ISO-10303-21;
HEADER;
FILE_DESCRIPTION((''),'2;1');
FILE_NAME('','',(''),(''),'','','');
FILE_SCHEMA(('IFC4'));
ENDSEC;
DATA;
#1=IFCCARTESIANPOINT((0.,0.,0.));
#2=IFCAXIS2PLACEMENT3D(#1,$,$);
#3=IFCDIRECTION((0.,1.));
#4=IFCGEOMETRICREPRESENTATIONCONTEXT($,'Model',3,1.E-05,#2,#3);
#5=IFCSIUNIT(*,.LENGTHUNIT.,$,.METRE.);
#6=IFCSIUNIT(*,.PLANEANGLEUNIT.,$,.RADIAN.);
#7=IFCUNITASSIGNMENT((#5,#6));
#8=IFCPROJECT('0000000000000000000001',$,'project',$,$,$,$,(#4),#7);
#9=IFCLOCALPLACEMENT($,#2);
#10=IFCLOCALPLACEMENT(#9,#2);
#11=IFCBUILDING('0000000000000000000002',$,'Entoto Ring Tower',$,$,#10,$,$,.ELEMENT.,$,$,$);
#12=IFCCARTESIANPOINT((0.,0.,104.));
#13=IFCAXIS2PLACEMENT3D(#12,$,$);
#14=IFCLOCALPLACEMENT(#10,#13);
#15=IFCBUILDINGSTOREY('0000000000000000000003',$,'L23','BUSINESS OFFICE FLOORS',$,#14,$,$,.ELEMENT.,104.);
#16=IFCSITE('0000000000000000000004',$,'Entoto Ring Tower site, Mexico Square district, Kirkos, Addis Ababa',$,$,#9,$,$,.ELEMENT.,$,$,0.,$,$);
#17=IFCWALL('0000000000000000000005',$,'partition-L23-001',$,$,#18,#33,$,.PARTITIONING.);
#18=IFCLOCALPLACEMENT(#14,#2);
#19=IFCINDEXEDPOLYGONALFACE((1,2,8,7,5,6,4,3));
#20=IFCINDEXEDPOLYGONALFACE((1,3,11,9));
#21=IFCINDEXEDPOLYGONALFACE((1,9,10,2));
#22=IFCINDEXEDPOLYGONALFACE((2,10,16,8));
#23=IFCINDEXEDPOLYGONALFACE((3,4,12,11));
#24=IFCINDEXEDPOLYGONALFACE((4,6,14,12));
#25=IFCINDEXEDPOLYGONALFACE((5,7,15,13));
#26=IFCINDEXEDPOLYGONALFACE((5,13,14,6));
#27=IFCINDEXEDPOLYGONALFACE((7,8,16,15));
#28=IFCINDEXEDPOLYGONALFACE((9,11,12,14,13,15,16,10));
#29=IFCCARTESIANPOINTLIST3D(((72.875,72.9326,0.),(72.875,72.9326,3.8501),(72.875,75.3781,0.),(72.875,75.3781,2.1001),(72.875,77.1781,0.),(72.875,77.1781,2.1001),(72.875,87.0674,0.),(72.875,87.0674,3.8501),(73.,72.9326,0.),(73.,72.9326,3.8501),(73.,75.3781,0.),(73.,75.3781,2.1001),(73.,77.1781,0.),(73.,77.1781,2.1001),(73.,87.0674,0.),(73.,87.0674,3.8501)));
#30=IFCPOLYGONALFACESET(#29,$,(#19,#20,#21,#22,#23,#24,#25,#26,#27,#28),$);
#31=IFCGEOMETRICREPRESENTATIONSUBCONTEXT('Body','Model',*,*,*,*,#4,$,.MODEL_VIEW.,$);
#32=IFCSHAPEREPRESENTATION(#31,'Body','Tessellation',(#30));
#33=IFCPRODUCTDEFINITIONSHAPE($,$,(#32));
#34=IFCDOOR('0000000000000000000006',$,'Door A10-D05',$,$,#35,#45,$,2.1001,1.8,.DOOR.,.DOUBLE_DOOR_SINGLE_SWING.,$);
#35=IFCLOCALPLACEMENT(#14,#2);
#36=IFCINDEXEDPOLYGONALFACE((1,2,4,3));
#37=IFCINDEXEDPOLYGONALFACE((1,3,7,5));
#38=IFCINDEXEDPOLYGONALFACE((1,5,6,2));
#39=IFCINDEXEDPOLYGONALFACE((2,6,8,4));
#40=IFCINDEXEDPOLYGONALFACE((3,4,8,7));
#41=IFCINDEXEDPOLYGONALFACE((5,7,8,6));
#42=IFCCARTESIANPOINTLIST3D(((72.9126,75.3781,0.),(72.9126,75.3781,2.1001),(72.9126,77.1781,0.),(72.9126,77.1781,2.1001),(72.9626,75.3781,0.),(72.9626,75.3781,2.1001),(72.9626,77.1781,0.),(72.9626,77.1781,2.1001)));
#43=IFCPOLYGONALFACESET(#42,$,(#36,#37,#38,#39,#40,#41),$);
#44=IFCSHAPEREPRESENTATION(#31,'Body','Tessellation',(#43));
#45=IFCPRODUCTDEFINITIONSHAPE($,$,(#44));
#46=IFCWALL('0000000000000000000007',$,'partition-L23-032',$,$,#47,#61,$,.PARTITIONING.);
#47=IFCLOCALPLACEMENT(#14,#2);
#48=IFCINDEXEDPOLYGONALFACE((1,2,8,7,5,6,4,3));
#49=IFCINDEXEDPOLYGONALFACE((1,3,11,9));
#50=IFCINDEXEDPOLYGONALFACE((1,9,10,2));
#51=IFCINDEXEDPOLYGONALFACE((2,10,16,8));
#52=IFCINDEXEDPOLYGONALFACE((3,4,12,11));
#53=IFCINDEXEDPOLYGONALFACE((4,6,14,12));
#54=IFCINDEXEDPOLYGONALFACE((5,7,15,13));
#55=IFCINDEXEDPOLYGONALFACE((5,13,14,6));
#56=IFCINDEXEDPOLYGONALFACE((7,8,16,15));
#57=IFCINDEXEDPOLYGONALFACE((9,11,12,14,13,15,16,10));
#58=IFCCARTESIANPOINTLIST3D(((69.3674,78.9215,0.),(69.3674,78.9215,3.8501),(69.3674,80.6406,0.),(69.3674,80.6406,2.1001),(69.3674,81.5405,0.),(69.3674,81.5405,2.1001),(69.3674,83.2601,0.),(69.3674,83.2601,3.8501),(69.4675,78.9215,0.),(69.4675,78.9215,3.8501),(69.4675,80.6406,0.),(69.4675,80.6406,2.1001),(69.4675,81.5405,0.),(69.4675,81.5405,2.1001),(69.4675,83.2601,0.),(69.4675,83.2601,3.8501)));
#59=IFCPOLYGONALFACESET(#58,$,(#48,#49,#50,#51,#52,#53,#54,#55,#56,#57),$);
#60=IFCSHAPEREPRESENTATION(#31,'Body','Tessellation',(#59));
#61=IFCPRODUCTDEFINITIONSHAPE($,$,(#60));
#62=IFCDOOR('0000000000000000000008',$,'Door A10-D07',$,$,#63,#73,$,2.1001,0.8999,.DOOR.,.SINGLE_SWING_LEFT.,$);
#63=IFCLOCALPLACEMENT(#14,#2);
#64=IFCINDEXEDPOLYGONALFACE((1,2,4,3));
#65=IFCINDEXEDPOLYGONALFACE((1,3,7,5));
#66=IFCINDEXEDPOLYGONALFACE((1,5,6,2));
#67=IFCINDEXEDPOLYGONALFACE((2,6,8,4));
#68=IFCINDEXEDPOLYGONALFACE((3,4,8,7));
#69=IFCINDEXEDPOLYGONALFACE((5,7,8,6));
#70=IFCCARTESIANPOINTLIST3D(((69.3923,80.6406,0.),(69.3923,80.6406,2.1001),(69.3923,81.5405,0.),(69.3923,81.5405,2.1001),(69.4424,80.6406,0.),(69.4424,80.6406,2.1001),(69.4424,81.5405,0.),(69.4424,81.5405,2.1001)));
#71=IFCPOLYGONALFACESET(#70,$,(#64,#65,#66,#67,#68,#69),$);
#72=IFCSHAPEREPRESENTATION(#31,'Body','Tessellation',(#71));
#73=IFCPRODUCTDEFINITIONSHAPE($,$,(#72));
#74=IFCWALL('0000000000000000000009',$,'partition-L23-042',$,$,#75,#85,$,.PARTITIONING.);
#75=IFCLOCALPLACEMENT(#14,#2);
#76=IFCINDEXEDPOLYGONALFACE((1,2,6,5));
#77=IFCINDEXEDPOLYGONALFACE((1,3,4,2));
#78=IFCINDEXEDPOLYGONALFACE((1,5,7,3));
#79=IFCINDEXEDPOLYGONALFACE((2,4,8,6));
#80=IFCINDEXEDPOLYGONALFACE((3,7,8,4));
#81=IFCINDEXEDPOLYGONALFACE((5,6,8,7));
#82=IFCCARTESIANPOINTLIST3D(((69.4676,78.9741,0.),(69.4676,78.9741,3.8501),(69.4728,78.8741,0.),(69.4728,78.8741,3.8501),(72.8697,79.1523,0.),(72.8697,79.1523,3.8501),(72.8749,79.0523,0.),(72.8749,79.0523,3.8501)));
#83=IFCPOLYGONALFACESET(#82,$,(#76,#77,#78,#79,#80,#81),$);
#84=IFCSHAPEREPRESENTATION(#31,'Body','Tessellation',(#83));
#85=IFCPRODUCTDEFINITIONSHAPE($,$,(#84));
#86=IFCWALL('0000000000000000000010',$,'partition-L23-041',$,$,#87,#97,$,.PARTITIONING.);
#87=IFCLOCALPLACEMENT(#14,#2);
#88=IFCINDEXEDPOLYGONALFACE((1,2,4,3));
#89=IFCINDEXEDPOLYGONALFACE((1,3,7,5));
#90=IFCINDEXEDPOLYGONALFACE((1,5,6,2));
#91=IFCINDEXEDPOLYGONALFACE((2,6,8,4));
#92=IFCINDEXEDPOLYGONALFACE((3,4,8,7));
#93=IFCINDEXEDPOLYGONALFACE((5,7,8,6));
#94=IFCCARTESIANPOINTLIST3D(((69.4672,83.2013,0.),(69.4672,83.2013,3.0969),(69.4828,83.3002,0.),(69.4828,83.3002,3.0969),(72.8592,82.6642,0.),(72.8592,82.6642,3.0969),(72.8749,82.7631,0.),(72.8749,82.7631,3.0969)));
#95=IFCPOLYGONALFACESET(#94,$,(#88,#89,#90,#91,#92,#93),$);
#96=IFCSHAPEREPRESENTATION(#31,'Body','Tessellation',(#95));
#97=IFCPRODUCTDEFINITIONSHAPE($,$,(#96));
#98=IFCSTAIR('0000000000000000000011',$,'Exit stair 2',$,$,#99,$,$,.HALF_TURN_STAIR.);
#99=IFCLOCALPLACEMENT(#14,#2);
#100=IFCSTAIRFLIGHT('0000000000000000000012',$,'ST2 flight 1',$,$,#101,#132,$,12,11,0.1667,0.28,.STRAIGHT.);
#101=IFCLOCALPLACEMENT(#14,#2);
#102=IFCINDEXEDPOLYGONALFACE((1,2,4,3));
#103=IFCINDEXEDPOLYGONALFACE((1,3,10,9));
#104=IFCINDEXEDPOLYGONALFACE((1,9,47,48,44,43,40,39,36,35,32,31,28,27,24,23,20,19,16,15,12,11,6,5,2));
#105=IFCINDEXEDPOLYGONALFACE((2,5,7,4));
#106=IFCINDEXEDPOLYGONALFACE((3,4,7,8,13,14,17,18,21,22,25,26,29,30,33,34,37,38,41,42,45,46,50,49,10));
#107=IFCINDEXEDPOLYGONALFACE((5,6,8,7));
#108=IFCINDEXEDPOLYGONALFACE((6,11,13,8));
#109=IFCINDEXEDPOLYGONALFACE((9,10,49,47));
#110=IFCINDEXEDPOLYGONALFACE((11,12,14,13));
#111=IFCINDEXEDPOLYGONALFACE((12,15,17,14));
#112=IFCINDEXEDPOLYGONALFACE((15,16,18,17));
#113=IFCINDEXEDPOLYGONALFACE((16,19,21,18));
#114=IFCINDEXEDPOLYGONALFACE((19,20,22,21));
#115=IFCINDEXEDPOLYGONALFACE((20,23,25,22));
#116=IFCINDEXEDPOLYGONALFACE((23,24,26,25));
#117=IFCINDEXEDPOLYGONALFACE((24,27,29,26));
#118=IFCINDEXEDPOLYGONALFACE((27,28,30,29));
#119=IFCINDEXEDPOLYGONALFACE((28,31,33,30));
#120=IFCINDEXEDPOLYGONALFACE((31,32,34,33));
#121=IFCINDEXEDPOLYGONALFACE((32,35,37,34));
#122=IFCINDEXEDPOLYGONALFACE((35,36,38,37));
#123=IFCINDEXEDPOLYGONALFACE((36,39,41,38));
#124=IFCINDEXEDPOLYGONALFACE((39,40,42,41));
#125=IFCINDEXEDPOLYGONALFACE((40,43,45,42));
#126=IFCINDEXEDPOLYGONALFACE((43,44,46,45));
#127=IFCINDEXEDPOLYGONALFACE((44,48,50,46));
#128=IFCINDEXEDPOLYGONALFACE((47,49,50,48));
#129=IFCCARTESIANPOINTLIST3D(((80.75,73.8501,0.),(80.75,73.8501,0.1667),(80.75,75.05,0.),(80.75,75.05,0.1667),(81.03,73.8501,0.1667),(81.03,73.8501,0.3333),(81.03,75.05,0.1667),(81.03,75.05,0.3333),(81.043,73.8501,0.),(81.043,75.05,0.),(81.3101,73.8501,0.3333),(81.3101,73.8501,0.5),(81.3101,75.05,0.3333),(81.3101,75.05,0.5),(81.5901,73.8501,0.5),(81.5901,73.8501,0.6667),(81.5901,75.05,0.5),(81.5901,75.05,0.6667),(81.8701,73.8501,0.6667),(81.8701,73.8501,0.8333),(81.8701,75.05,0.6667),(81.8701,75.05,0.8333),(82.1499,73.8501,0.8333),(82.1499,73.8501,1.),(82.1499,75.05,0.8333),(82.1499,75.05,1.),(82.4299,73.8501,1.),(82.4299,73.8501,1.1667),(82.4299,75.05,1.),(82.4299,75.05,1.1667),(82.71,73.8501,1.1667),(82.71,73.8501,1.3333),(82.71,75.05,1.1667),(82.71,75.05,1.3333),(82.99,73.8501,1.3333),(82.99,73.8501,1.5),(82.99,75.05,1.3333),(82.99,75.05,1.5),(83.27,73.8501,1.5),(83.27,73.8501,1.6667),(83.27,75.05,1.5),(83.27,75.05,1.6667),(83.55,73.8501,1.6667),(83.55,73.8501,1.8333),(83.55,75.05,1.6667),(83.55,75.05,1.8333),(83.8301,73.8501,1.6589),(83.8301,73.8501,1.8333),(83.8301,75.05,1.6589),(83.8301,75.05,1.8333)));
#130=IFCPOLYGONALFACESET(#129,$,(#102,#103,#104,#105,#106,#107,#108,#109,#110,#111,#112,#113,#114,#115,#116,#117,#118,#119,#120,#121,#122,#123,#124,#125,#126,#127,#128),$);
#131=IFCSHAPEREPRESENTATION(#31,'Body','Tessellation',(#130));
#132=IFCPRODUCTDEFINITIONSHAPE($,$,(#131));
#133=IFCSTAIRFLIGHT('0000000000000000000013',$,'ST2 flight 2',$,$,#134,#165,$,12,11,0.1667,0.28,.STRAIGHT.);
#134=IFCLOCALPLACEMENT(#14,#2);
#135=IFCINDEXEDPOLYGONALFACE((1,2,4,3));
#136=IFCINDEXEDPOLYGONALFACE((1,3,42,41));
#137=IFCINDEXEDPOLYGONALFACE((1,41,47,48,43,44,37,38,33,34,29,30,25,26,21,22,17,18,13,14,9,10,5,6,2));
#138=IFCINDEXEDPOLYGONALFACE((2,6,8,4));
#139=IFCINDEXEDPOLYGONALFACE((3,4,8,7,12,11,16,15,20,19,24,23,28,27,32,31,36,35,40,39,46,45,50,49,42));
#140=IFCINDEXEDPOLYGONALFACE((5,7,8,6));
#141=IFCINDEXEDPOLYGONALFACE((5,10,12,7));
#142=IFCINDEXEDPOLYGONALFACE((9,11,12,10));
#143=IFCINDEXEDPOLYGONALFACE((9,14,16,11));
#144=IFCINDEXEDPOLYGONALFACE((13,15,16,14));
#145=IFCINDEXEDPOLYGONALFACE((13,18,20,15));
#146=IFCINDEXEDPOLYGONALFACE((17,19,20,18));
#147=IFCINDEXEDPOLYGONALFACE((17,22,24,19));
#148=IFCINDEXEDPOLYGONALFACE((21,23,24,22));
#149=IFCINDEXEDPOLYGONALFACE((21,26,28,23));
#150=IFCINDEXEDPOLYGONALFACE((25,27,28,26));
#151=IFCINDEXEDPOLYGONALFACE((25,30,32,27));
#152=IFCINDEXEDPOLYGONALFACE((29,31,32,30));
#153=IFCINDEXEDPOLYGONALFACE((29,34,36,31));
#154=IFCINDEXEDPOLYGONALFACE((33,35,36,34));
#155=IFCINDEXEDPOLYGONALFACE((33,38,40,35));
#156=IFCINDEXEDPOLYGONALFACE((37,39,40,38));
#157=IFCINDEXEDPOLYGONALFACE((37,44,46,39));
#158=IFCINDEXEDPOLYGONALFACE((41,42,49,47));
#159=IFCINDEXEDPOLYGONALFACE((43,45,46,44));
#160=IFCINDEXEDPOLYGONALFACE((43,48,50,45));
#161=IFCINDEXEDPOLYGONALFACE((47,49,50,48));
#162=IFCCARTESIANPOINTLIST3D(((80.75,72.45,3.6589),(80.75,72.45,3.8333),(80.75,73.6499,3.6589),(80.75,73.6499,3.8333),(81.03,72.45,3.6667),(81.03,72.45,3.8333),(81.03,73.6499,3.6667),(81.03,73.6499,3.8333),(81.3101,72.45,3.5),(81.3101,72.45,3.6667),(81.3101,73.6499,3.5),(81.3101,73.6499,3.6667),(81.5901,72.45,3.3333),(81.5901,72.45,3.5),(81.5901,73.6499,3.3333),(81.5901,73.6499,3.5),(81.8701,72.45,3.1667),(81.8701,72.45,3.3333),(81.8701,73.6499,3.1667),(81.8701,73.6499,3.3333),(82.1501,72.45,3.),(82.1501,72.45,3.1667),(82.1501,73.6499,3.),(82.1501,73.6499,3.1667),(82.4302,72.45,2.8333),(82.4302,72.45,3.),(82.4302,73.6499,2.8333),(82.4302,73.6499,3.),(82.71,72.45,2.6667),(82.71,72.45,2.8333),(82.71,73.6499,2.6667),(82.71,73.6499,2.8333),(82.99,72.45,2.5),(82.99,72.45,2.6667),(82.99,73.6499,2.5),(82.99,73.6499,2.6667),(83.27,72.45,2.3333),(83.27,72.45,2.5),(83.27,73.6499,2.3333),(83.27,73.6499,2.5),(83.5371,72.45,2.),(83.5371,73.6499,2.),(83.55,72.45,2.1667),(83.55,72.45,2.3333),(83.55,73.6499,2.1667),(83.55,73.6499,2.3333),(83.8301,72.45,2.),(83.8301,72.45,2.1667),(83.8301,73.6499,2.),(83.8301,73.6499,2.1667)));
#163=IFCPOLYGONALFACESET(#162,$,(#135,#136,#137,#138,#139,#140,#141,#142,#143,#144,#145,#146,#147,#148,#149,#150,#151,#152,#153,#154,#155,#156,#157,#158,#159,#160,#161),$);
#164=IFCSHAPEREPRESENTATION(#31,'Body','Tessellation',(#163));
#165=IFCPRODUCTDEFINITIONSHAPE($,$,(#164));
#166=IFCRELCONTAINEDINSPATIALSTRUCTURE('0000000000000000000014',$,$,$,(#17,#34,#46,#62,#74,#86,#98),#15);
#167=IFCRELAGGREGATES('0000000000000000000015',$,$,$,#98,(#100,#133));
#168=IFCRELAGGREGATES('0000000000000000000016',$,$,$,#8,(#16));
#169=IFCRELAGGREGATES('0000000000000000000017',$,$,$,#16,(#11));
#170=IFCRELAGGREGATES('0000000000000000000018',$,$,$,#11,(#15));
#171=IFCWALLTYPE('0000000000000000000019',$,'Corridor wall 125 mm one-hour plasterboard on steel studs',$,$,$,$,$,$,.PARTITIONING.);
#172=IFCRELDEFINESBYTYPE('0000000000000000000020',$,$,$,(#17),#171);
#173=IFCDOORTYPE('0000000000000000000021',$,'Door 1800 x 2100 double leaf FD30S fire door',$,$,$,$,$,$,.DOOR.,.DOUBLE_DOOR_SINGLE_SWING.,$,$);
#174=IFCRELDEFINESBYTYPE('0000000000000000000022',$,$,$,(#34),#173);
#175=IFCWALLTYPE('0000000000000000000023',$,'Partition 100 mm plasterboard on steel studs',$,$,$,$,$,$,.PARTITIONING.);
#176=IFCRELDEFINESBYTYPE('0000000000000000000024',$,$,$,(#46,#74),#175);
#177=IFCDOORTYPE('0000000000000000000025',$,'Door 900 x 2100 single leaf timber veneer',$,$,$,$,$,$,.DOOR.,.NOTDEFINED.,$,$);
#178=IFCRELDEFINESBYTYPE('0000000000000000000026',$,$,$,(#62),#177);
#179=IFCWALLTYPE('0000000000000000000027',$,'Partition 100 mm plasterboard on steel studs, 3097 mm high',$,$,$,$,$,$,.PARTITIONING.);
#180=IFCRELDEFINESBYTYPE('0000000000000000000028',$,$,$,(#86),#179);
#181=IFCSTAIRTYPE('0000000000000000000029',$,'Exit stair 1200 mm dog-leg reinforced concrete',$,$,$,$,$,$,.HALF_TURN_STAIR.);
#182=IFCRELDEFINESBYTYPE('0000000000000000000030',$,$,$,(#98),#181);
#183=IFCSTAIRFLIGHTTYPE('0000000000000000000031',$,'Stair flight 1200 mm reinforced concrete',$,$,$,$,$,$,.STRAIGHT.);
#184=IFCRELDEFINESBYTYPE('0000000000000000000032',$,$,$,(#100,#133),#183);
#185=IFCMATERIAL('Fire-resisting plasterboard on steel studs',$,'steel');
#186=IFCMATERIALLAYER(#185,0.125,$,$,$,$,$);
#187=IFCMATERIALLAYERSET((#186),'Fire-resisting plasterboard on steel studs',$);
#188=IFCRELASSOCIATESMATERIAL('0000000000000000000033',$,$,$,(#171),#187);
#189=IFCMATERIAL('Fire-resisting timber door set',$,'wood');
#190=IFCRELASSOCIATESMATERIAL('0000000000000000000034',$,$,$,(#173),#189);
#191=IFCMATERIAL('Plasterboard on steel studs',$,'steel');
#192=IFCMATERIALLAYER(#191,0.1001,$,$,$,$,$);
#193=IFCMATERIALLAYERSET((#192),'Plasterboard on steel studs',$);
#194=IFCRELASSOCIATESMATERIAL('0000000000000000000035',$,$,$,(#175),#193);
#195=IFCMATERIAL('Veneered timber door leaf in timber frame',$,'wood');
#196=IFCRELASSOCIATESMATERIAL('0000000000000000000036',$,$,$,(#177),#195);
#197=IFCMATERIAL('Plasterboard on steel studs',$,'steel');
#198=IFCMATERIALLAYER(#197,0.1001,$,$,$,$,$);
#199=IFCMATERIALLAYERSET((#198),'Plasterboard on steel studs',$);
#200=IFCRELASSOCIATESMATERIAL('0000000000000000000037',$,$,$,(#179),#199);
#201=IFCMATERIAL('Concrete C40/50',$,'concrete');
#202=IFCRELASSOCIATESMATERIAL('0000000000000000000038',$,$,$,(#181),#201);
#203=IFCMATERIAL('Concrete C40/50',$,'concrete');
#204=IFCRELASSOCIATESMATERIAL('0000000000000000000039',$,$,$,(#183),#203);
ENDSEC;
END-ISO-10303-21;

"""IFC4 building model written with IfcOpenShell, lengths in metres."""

from ifc_helpers import new_model, si_unit, direction, frame, frame_2d, origin, place, context, subcontext, project, spatial, polyline, rectangle, outline, extrude, material, layer, layer_set, type_object, element, fill, aggregate, save


model = new_model("IFC4")

# Units and contexts
model_context = context("Model", 3, precision=1e-05, world=origin(), true_north=direction((0.0, 1.0)))
body_context = subcontext(model_context, "Body", "Model", "MODEL_VIEW")
ifc_project = project(units=[si_unit("LENGTHUNIT", "METRE"), si_unit("PLANEANGLEUNIT", "RADIAN")], contexts=[model_context])

# Site, building, storey
site_placement = place(None, origin())
site = spatial("IfcSite", under=ifc_project, at=site_placement, Name="Entoto Ring Tower site, Mexico Square district, Kirkos, Addis Ababa", CompositionType="ELEMENT", RefElevation=0.0)
building_placement = place(site_placement, origin())
building = spatial("IfcBuilding", under=site, at=building_placement, Name="Entoto Ring Tower", CompositionType="ELEMENT")
storey_placement = place(building_placement, frame((0.0, 0.0, 104.0)))
storey = spatial("IfcBuildingStorey", under=building, at=storey_placement, Name="L23", Description="BUSINESS OFFICE FLOORS", CompositionType="ELEMENT", Elevation=104.0)

# Walls, openings, doors
ifc_material_1 = material(Name="Fire-resisting plasterboard on steel studs", Category="steel")
ifc_layer_1 = layer(ifc_material_1, 0.125)
ifc_layer_set_1 = layer_set([ifc_layer_1], Name="Fire-resisting plasterboard on steel studs")
wall_type_1 = type_object("IfcWallType", Name="Corridor wall 125 mm one-hour plasterboard on steel studs", PredefinedType="PARTITIONING", material=ifc_layer_set_1)
wall_1_placement = place(storey_placement, frame((72.9375, 72.9326, 0.0), z_axis=(0.0, 0.0, 1.0), x_axis=(0.0, 1.0, 0.0)))
wall_1 = element("IfcWall", 1, at=wall_1_placement, inside=storey, type_object=wall_type_1, Name="partition-L23-001", PredefinedType="PARTITIONING", context=body_context, shape_type="SweptSolid", body=[
    extrude(rectangle(XDim=14.1348, YDim=0.125, at=frame_2d((7.0674, 0.0))), origin(), (0.0, 0.0, 1.0), 3.8501),
])
opening_1_placement = place(wall_1_placement, frame((2.4456, 0.0, 0.0)))
opening_1 = element("IfcOpeningElement", 2, at=opening_1_placement, cuts=wall_1, PredefinedType="OPENING", context=body_context, shape_type="SweptSolid", body=[
    extrude(rectangle(XDim=1.8, YDim=2.1001, at=frame_2d((0.8999, 1.05))), frame((0.0, 0.0725, 0.0), z_axis=(0.0, -1.0, 0.0), x_axis=(1.0, 0.0, 0.0)), (0.0, 0.0, 1.0), 0.145),
])
ifc_material_2 = material(Name="Fire-resisting timber door set", Category="wood")
door_type_1 = type_object("IfcDoorType", Name="Door 1800 x 2100 double leaf FD30S fire door", OperationType="DOUBLE_DOOR_SINGLE_SWING", PredefinedType="DOOR", material=ifc_material_2)
door_1_placement = place(opening_1_placement, origin())
door_1 = element("IfcDoor", 3, at=door_1_placement, inside=storey, type_object=door_type_1, Name="Door A10-D05", OperationType="DOUBLE_DOOR_SINGLE_SWING", OverallHeight=2.1001, OverallWidth=1.8, PredefinedType="DOOR", context=body_context, shape_type="SweptSolid", body=[
    extrude(rectangle(XDim=1.8, YDim=2.1001, at=frame_2d((0.8999, 1.05))), frame((0.0, 0.0249, 0.0), z_axis=(0.0, -1.0, 0.0), x_axis=(1.0, 0.0, 0.0)), (0.0, 0.0, 1.0), 0.05),
])
fill(opening_1, door_1)
ifc_material_3 = material(Name="Plasterboard on steel studs", Category="steel")
ifc_layer_2 = layer(ifc_material_3, 0.1001)
ifc_layer_set_2 = layer_set([ifc_layer_2], Name="Plasterboard on steel studs")
wall_type_2 = type_object("IfcWallType", Name="Partition 100 mm plasterboard on steel studs", PredefinedType="PARTITIONING", material=ifc_layer_set_2)
wall_2_placement = place(storey_placement, frame((69.4175, 78.9214, 0.0), z_axis=(0.0, 0.0, 1.0), x_axis=(0.0, 1.0, 0.0)))
wall_2 = element("IfcWall", 4, at=wall_2_placement, inside=storey, type_object=wall_type_2, Name="partition-L23-032", PredefinedType="PARTITIONING", context=body_context, shape_type="SweptSolid", body=[
    extrude(rectangle(XDim=4.3386, YDim=0.1001, at=frame_2d((2.1694, 0.0))), origin(), (0.0, 0.0, 1.0), 3.8501),
])
opening_2_placement = place(wall_2_placement, frame((1.7192, 0.0, 0.0)))
opening_2 = element("IfcOpeningElement", 5, at=opening_2_placement, cuts=wall_2, PredefinedType="OPENING", context=body_context, shape_type="SweptSolid", body=[
    extrude(rectangle(XDim=0.8999, YDim=2.1001, at=frame_2d((0.45, 1.05))), frame((0.0, 0.0601, 0.0), z_axis=(0.0, -1.0, 0.0), x_axis=(1.0, 0.0, 0.0)), (0.0, 0.0, 1.0), 0.1201),
])
ifc_material_4 = material(Name="Veneered timber door leaf in timber frame", Category="wood")
door_type_2 = type_object("IfcDoorType", Name="Door 900 x 2100 single leaf timber veneer", OperationType="NOTDEFINED", PredefinedType="DOOR", material=ifc_material_4)
door_2_placement = place(opening_2_placement, frame((0.8999, 0.0, 0.0), z_axis=(0.0, 0.0, 1.0), x_axis=(-1.0, 0.0, 0.0)))
door_2 = element("IfcDoor", 6, at=door_2_placement, inside=storey, type_object=door_type_2, Name="Door A10-D07", OperationType="SINGLE_SWING_LEFT", OverallHeight=2.1001, OverallWidth=0.8999, PredefinedType="DOOR", context=body_context, shape_type="SweptSolid", body=[
    extrude(rectangle(XDim=0.8999, YDim=2.1001, at=frame_2d((0.45, 1.05))), frame((0.0, 0.0249, 0.0), z_axis=(0.0, -1.0, 0.0), x_axis=(1.0, 0.0, 0.0)), (0.0, 0.0, 1.0), 0.05),
])
fill(opening_2, door_2)

# Walls
wall_3_placement = place(storey_placement, frame((69.4702, 78.9241, 0.0), z_axis=(0.0, 0.0, 1.0), x_axis=(0.998631, 0.052314, 0.0)))
element("IfcWall", 7, at=wall_3_placement, inside=storey, type_object=wall_type_2, Name="partition-L23-042", PredefinedType="PARTITIONING", context=body_context, shape_type="SweptSolid", body=[
    extrude(rectangle(XDim=3.4067, YDim=0.1001, at=frame_2d((1.7034, 0.0))), origin(), (0.0, 0.0, 1.0), 3.8501),
])
ifc_material_5 = material(Name="Plasterboard on steel studs", Category="steel")
ifc_layer_3 = layer(ifc_material_5, 0.1001)
ifc_layer_set_3 = layer_set([ifc_layer_3], Name="Plasterboard on steel studs")
wall_type_3 = type_object("IfcWallType", Name="Partition 100 mm plasterboard on steel studs, 3097 mm high", PredefinedType="PARTITIONING", material=ifc_layer_set_3)
wall_4_placement = place(storey_placement, frame((72.8672, 82.7136, 0.0), z_axis=(0.0, 0.0, 1.0), x_axis=(-0.987695, 0.156393, 0.0)))
element("IfcWall", 8, at=wall_4_placement, inside=storey, type_object=wall_type_3, Name="partition-L23-041", PredefinedType="PARTITIONING", context=body_context, shape_type="SweptSolid", body=[
    extrude(rectangle(XDim=3.4343, YDim=0.1001, at=frame_2d((1.7173, 0.0))), origin(), (0.0, 0.0, 1.0), 3.0969),
])

# Stair, stair flights
ifc_material_6 = material(Name="Concrete C40/50", Category="concrete")
stair_type = type_object("IfcStairType", Name="Exit stair 1200 mm dog-leg reinforced concrete", PredefinedType="HALF_TURN_STAIR", material=ifc_material_6)
stair_placement = place(storey_placement, origin())
stair = element("IfcStair", 9, at=stair_placement, inside=storey, type_object=stair_type, Name="Exit stair 2", PredefinedType="HALF_TURN_STAIR")
ifc_material_7 = material(Name="Concrete C40/50", Category="concrete")
stair_flight_type = type_object("IfcStairFlightType", Name="Stair flight 1200 mm reinforced concrete", PredefinedType="STRAIGHT", material=ifc_material_7)
stair_flight_1_placement = place(storey_placement, frame((80.75, 74.45, 0.0), z_axis=(0.0, 0.0, 1.0), x_axis=(1.0, 0.0, 0.0)))
stair_flight_1 = element("IfcStairFlight", 10, at=stair_flight_1_placement, type_object=stair_flight_type, Name="ST2 flight 1", NumberOfRisers=12, NumberOfTreads=11, PredefinedType="STRAIGHT", RiserHeight=0.1667, TreadLength=0.28, context=body_context, shape_type="SweptSolid", body=[
    extrude(outline(polyline([(0.0, 0.0), (0.0, 0.1667), (0.28, 0.1667), (0.28, 0.3333), (0.5601, 0.3333), (0.5601, 0.5), (0.8401, 0.5), (0.8401, 0.6667), (1.1201, 0.6667), (1.1201, 0.8333), (1.3999, 0.8333), (1.3999, 1.0), (1.6799, 1.0), (1.6799, 1.1667), (1.96, 1.1667), (1.96, 1.3333), (2.24, 1.3333), (2.24, 1.5), (2.52, 1.5), (2.52, 1.6667), (2.8, 1.6667), (2.8, 1.8333), (3.0801, 1.8333), (3.0801, 2.0), (3.0801, 1.6589), (0.293, 0.0), (0.0, 0.0)])), frame((0.0, 0.6001, 0.0), z_axis=(0.0, -1.0, 0.0), x_axis=(1.0, 0.0, 0.0)), (0.0, 0.0, 1.0), 1.2),
])
stair_flight_2_placement = place(storey_placement, frame((83.8301, 73.05, 2.0), z_axis=(0.0, 0.0, 1.0), x_axis=(-1.0, 0.0, 0.0)))
stair_flight_2 = element("IfcStairFlight", 11, at=stair_flight_2_placement, type_object=stair_flight_type, Name="ST2 flight 2", NumberOfRisers=12, NumberOfTreads=11, PredefinedType="STRAIGHT", RiserHeight=0.1667, TreadLength=0.28, context=body_context, shape_type="SweptSolid", body=[
    extrude(outline(polyline([(0.0, 0.0), (0.0, 0.1667), (0.28, 0.1667), (0.28, 0.3333), (0.5601, 0.3333), (0.5601, 0.5), (0.8401, 0.5), (0.8401, 0.6667), (1.1201, 0.6667), (1.1201, 0.8333), (1.3999, 0.8333), (1.3999, 1.0), (1.6799, 1.0), (1.6799, 1.1667), (1.96, 1.1667), (1.96, 1.3333), (2.24, 1.3333), (2.24, 1.5), (2.52, 1.5), (2.52, 1.6667), (2.8, 1.6667), (2.8, 1.8333), (3.0801, 1.8333), (3.0801, 2.0), (3.0801, 1.6589), (0.293, 0.0), (0.0, 0.0)])), frame((0.0, 0.6001, 0.0), z_axis=(0.0, -1.0, 0.0), x_axis=(1.0, 0.0, 0.0)), (0.0, 0.0, 1.0), 1.2),
])
aggregate(stair, [stair_flight_1, stair_flight_2])

save(model, "model.ifc")
